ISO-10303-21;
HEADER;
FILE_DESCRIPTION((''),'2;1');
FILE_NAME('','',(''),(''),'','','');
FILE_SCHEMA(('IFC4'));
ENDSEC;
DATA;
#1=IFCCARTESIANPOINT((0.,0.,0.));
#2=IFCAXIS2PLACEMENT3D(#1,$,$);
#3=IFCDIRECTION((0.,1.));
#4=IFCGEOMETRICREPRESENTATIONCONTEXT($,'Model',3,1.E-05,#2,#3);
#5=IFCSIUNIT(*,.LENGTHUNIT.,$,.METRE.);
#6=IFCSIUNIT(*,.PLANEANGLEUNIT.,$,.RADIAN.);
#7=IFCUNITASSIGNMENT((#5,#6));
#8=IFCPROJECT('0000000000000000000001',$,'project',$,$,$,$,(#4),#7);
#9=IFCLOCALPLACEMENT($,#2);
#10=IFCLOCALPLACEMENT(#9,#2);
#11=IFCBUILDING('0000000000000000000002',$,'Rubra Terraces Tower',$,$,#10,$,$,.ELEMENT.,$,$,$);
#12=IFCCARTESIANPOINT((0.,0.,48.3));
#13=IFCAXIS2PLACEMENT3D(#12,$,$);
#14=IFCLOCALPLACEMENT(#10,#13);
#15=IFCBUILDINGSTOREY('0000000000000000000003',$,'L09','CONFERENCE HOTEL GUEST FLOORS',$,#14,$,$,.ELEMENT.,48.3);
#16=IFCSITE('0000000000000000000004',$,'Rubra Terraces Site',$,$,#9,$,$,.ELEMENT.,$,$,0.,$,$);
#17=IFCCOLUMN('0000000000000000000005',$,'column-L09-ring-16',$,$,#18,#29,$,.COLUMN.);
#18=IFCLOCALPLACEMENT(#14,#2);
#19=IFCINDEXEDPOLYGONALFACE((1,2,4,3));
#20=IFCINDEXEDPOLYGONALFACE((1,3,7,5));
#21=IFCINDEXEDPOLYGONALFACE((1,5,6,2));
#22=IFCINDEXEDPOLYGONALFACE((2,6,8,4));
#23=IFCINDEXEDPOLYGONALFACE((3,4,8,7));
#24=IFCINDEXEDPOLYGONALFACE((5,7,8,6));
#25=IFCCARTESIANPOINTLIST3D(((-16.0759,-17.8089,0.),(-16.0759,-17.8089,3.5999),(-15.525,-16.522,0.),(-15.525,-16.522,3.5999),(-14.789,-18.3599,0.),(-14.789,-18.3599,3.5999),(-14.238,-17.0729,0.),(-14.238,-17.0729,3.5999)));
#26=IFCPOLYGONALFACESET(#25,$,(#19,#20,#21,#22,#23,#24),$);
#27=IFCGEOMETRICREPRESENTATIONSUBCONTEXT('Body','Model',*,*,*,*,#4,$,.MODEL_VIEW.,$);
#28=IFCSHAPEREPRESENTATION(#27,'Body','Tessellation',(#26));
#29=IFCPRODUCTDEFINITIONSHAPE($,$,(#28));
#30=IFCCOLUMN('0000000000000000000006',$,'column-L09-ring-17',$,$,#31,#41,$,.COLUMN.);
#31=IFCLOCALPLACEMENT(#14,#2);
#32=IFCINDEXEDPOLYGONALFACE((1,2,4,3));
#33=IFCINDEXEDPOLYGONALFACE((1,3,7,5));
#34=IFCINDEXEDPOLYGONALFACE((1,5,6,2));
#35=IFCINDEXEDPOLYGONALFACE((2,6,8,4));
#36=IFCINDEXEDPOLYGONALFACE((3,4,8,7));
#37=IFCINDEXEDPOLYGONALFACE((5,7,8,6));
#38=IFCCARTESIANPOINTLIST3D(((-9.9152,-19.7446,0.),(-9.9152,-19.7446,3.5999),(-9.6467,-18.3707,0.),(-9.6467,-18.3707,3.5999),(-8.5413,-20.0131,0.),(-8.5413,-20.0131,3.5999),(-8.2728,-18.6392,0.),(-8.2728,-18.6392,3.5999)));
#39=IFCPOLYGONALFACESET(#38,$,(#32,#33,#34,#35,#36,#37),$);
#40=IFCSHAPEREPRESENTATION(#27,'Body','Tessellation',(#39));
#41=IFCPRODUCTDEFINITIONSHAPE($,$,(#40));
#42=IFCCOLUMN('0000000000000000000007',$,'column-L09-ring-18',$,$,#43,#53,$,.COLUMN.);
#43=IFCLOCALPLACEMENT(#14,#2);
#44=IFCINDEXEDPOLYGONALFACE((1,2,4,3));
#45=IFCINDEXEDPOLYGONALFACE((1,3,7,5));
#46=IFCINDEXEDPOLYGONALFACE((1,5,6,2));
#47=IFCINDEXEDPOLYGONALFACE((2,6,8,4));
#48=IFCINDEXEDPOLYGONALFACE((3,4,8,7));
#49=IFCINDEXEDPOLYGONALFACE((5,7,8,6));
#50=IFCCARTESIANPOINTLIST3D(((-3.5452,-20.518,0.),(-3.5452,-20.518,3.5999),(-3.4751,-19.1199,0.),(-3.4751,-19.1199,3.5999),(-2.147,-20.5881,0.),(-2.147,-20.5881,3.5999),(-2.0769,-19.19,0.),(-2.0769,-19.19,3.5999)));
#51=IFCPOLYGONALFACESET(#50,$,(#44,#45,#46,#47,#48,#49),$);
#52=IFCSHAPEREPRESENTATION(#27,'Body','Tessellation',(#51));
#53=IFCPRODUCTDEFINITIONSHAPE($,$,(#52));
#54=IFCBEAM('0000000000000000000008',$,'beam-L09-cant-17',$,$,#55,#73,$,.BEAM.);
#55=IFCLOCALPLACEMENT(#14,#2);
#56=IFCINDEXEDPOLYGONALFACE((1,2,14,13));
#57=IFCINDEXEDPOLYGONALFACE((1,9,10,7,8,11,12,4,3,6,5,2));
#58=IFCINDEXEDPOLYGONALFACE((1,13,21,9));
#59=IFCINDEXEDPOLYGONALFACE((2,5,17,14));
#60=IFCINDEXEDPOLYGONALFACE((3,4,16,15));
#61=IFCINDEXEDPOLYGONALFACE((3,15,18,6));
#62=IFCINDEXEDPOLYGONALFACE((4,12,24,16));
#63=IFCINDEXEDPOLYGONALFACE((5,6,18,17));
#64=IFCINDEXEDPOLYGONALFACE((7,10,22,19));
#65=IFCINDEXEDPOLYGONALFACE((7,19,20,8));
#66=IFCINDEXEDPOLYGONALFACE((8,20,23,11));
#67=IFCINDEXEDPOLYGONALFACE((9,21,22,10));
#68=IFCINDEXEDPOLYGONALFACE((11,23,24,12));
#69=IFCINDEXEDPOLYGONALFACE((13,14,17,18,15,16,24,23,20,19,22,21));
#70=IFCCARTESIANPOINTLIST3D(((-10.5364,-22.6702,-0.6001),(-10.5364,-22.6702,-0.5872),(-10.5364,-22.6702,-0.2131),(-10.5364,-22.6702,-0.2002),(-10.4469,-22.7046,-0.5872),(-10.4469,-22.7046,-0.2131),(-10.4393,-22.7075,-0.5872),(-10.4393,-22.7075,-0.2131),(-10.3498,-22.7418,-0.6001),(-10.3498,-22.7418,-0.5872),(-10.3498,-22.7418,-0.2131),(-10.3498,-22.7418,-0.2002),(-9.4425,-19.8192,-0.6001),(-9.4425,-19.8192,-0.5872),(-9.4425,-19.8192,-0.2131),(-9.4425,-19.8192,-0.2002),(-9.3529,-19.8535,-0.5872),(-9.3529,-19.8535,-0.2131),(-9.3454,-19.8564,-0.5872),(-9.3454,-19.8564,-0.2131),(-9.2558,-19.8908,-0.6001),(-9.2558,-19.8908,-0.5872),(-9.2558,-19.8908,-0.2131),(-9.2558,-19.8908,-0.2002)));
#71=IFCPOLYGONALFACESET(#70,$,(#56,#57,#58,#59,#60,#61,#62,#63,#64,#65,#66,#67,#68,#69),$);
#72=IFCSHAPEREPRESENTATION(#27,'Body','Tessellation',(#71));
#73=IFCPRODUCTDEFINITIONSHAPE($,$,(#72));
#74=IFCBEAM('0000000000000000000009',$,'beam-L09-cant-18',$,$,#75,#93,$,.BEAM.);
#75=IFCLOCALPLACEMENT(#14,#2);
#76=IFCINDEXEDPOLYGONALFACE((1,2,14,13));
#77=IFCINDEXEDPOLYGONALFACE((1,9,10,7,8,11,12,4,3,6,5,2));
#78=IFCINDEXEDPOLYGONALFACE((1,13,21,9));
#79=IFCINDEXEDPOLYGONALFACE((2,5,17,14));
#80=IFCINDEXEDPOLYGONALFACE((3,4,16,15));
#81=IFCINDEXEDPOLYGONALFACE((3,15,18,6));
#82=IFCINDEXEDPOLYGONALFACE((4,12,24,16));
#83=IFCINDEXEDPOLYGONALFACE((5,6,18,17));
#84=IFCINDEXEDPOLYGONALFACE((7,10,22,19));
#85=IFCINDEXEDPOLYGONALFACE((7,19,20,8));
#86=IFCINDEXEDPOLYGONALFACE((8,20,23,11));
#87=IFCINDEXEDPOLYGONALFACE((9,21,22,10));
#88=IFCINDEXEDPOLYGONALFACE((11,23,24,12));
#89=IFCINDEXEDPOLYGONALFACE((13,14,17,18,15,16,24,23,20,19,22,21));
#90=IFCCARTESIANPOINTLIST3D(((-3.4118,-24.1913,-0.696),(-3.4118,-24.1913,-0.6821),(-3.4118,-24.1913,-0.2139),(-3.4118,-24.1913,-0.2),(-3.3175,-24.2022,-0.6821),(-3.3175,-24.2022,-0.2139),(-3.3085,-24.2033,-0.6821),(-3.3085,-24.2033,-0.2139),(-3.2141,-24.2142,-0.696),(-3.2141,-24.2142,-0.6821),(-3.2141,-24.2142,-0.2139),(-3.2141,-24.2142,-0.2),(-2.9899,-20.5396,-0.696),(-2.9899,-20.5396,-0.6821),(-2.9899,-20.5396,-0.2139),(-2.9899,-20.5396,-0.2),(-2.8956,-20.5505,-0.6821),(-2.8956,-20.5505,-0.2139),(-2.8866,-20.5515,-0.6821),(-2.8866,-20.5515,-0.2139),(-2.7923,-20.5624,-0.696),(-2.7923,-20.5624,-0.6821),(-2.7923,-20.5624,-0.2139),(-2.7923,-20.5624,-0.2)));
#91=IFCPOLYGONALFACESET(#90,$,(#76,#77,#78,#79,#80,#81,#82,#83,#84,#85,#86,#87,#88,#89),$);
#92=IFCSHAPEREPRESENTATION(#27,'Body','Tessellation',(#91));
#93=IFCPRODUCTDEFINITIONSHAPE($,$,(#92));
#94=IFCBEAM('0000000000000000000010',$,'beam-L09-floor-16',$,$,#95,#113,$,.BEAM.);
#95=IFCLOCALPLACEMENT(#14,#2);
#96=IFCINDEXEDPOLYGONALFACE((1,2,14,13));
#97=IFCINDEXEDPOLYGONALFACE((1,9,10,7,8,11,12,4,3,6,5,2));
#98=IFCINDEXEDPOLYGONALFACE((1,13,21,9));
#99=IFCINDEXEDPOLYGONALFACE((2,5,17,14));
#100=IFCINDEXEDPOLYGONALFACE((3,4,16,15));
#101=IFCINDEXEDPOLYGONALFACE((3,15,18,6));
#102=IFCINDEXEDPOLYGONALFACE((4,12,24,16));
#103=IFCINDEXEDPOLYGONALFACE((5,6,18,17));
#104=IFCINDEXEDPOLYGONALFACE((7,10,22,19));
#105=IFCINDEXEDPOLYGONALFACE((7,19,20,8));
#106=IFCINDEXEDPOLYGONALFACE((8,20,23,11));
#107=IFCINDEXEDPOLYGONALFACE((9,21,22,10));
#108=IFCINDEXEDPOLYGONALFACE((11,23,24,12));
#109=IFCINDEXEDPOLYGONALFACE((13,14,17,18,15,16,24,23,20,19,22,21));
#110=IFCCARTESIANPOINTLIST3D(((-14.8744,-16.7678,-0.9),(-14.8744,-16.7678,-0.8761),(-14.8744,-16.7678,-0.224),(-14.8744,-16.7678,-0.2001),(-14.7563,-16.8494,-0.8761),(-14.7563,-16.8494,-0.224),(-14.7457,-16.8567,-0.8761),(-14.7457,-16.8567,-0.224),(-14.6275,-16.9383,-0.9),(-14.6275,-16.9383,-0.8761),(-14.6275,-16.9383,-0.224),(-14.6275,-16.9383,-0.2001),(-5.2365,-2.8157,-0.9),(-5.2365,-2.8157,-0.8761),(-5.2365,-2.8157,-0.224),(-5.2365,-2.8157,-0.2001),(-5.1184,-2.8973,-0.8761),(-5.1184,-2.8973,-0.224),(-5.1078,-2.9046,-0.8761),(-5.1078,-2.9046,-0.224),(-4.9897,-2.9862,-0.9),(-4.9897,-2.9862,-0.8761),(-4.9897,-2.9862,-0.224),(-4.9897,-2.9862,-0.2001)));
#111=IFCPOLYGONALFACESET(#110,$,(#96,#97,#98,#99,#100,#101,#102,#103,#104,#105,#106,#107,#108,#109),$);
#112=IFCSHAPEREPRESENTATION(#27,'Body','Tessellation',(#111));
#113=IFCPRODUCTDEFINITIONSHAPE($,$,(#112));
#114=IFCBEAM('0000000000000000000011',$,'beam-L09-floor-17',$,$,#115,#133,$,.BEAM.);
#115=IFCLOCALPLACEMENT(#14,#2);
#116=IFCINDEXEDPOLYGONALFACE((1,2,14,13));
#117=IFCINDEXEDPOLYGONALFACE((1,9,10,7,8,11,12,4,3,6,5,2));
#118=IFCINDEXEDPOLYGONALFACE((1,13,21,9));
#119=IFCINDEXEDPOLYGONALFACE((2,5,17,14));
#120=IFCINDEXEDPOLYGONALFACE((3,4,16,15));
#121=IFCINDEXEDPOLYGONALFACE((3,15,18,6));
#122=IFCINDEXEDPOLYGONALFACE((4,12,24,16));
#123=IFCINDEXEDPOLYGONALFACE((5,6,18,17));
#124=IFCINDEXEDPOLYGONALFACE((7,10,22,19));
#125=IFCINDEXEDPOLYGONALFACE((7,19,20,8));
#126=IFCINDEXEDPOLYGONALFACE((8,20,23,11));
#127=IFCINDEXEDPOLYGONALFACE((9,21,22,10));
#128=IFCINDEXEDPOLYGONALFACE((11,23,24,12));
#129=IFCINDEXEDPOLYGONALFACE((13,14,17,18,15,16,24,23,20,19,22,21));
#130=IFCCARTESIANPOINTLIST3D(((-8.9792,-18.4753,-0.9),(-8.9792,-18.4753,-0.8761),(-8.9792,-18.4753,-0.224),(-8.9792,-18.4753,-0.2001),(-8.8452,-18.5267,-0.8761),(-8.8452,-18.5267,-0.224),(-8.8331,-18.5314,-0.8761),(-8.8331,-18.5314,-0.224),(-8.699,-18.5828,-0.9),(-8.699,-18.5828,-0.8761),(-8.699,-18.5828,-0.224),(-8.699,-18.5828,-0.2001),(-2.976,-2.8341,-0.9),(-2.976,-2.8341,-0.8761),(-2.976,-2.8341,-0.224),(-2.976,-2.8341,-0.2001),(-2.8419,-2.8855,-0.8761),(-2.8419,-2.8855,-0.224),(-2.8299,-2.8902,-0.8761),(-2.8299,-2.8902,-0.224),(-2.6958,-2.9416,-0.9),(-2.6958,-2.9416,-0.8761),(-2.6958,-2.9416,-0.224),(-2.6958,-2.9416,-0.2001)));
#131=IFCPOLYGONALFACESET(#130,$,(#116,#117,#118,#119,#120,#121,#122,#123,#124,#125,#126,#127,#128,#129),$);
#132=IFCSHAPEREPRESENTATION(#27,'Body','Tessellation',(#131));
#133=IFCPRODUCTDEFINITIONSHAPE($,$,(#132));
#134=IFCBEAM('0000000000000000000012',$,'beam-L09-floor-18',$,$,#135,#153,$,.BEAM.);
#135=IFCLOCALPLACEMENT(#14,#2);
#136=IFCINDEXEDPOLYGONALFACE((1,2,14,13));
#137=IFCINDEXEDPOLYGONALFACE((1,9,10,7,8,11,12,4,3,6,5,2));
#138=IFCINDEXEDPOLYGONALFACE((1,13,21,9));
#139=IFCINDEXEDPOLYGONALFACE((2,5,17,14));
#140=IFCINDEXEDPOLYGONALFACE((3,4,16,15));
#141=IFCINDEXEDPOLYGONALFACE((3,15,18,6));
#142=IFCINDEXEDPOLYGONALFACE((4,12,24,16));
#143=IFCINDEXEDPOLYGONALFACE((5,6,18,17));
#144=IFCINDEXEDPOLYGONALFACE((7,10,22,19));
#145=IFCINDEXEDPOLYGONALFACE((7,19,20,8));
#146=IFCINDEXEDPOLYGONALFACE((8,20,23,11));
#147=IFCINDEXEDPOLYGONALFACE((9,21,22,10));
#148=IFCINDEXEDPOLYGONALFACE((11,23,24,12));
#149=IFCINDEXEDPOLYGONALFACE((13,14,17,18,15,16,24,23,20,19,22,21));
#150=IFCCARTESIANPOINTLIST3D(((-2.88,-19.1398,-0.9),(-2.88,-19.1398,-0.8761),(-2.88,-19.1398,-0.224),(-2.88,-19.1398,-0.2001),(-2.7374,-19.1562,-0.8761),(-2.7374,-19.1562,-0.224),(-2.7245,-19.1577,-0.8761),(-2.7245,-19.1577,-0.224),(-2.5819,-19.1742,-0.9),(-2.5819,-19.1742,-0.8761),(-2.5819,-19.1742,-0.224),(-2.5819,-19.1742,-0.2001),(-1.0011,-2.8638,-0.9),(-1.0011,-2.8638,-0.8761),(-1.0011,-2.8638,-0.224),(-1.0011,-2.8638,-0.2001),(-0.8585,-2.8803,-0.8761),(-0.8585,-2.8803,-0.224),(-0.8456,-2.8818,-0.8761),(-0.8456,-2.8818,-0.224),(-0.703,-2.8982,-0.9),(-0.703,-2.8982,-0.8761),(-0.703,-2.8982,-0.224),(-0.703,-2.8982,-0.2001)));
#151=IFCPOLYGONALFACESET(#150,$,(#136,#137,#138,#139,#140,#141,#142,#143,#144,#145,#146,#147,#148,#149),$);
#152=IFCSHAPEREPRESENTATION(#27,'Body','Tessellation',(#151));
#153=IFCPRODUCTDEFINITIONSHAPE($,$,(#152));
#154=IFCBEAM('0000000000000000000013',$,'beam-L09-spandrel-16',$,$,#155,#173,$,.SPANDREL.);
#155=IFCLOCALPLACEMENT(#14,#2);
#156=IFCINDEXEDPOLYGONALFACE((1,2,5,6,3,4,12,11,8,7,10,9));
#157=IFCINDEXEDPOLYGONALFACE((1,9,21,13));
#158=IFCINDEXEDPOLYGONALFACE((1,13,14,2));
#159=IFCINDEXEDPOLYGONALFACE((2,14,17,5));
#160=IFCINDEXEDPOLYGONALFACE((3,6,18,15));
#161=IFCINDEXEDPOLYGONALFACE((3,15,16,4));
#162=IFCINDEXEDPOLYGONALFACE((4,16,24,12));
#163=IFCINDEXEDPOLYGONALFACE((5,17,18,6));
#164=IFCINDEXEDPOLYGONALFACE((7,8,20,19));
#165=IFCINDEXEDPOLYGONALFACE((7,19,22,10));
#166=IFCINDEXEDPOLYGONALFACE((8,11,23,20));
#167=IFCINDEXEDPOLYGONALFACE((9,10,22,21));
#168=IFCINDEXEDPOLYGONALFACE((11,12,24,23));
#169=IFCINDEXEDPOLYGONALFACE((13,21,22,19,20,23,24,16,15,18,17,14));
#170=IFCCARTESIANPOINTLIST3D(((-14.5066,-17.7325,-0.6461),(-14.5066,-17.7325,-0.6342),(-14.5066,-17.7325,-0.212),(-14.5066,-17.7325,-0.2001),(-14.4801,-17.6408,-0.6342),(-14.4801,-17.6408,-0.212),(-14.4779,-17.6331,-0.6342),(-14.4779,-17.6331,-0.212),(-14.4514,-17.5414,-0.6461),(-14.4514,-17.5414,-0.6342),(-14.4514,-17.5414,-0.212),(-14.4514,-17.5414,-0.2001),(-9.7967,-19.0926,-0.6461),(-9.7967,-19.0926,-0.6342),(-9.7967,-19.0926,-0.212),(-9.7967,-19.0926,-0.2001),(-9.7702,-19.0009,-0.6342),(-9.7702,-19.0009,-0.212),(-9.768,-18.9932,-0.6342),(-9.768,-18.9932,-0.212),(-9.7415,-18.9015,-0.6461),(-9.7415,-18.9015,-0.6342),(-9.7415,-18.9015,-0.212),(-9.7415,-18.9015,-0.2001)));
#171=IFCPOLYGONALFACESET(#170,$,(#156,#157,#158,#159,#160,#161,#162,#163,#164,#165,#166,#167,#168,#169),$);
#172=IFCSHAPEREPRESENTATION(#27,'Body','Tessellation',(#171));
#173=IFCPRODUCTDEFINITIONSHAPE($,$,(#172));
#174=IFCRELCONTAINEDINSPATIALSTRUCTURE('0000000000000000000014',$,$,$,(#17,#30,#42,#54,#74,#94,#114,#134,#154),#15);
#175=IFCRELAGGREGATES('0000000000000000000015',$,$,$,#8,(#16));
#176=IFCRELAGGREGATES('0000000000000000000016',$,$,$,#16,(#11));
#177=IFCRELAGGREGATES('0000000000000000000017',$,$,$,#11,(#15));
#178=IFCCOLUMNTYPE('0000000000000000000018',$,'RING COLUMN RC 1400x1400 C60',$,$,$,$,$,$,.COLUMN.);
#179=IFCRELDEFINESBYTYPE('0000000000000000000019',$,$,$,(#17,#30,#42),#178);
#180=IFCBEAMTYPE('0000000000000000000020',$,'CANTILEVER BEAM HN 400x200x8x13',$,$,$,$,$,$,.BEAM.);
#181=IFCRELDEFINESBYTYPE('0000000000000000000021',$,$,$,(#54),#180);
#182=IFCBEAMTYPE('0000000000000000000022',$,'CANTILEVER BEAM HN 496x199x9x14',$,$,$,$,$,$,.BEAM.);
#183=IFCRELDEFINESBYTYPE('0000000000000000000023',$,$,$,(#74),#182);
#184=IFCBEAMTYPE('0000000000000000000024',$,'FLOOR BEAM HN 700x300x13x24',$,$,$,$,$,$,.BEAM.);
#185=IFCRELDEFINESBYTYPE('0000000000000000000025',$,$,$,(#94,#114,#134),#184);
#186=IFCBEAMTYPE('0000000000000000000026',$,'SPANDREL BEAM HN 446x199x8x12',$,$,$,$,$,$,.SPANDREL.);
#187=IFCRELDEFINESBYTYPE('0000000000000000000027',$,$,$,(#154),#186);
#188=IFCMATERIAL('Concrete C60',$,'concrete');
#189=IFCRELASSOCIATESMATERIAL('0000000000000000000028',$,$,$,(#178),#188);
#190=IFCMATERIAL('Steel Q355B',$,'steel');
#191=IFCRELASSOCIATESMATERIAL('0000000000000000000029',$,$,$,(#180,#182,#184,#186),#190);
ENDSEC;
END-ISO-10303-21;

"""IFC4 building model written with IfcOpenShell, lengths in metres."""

from ifc_helpers import new_model, si_unit, direction, frame, origin, origin_2d, place, context, subcontext, project, spatial, rectangle, i_section, extrude, material, material_profile, profile_set, type_object, element, save


model = new_model("IFC4")

# Units and contexts
model_context = context("Model", 3, precision=1e-05, world=origin(), true_north=direction((0.0, 1.0)))
body_context = subcontext(model_context, "Body", "Model", "MODEL_VIEW")
ifc_project = project(units=[si_unit("LENGTHUNIT", "METRE"), si_unit("PLANEANGLEUNIT", "RADIAN")], contexts=[model_context])

# Site, building, storey
site_placement = place(None, origin())
site = spatial("IfcSite", under=ifc_project, at=site_placement, Name="Rubra Terraces Site", CompositionType="ELEMENT", RefElevation=0.0)
building_placement = place(site_placement, origin())
building = spatial("IfcBuilding", under=site, at=building_placement, Name="Rubra Terraces Tower", CompositionType="ELEMENT")
storey_placement = place(building_placement, frame((0.0, 0.0, 48.3)))
storey = spatial("IfcBuildingStorey", under=building, at=storey_placement, Name="L09", Description="CONFERENCE HOTEL GUEST FLOORS", CompositionType="ELEMENT", Elevation=48.3)

# Columns
ifc_material_1 = material(Name="Concrete C60", Category="concrete")
ifc_material_profile_1 = material_profile(ifc_material_1, rectangle(XDim=1.3999, YDim=1.3999, at=origin_2d()), Name="RC 1400x1400")
ifc_profile_set_1 = profile_set([ifc_material_profile_1], Name="Concrete C60")
column_type = type_object("IfcColumnType", Name="RING COLUMN RC 1400x1400 C60", PredefinedType="COLUMN", material=ifc_profile_set_1)
for number, where, z_axis, x_axis, name in (
    (1, (-15.157, -17.4409, 0.0), (0.0, 0.0, 1.0), (0.919294, -0.393572, 0.0), "column-L09-ring-16"),
    (2, (-9.094, -19.1919, 0.0), (0.0, 0.0, 1.0), (0.98143, -0.191819, 0.0), "column-L09-ring-17"),
    (3, (-2.811, -19.854, 0.0), (0.0, 0.0, 1.0), (0.998745, -0.050084, 0.0), "column-L09-ring-18"),
):
    element("IfcColumn", number, at=place(storey_placement, frame(where, z_axis=z_axis, x_axis=x_axis)), inside=storey, type_object=column_type, Name=name, PredefinedType="COLUMN", context=body_context, shape_type="SweptSolid", body=[
        extrude(rectangle(XDim=1.3999, YDim=1.3999, at=origin_2d()), origin(), (0.0, 0.0, 1.0), 3.5999),
    ])

# Beams
ifc_material_2 = material(Name="Steel Q355B", Category="steel")
ifc_material_profile_2 = material_profile(ifc_material_2, i_section(OverallWidth=0.2, OverallDepth=0.3999, WebThickness=0.0081, FlangeThickness=0.0129, at=origin_2d()), Name="HN 400x200x8x13")
ifc_profile_set_2 = profile_set([ifc_material_profile_2], Name="Steel Q355B")
beam_type_1 = type_object("IfcBeamType", Name="CANTILEVER BEAM HN 400x200x8x13", PredefinedType="BEAM", material=ifc_profile_set_2)
beam_1_placement = place(storey_placement, frame((-9.3491, -19.855, -0.4001), z_axis=(-0.358245, -0.933628, 0.0), x_axis=(0.933628, -0.358245, 0.0)))
element("IfcBeam", 4, at=beam_1_placement, inside=storey, type_object=beam_type_1, Name="beam-L09-cant-17", PredefinedType="BEAM", context=body_context, shape_type="SweptSolid", body=[
    extrude(i_section(OverallWidth=0.2, OverallDepth=0.3999, WebThickness=0.0081, FlangeThickness=0.0129, at=origin_2d()), origin(), (0.0, 0.0, 1.0), 3.0537),
])
ifc_material_profile_3 = material_profile(ifc_material_2, i_section(OverallWidth=0.199, OverallDepth=0.4961, WebThickness=0.009, FlangeThickness=0.0139, at=origin_2d()), Name="HN 496x199x9x14")
ifc_profile_set_3 = profile_set([ifc_material_profile_3], Name="Steel Q355B")
beam_type_2 = type_object("IfcBeamType", Name="CANTILEVER BEAM HN 496x199x9x14", PredefinedType="BEAM", material=ifc_profile_set_3)
beam_2_placement = place(storey_placement, frame((-2.8911, -20.551, -0.448), z_axis=(-0.11476, -0.993393, 0.0), x_axis=(0.993393, -0.11476, 0.0)))
element("IfcBeam", 5, at=beam_2_placement, inside=storey, type_object=beam_type_2, Name="beam-L09-cant-18", PredefinedType="BEAM", context=body_context, shape_type="SweptSolid", body=[
    extrude(i_section(OverallWidth=0.199, OverallDepth=0.4961, WebThickness=0.009, FlangeThickness=0.0139, at=origin_2d()), origin(), (0.0, 0.0, 1.0), 3.676),
])
ifc_material_profile_4 = material_profile(ifc_material_2, i_section(OverallWidth=0.3, OverallDepth=0.7, WebThickness=0.0129, FlangeThickness=0.0239, at=origin_2d()), Name="HN 700x300x13x24")
ifc_profile_set_4 = profile_set([ifc_material_profile_4], Name="Steel Q355B")
beam_type_3 = type_object("IfcBeamType", Name="FLOOR BEAM HN 700x300x13x24", PredefinedType="BEAM", material=ifc_profile_set_4)
beam_3_placement = place(storey_placement, frame((-14.751, -16.853, -0.55), z_axis=(0.568363, 0.822778, 0.0), x_axis=(-0.822778, 0.568363, 0.0)))
element("IfcBeam", 6, at=beam_3_placement, inside=storey, type_object=beam_type_3, Name="beam-L09-floor-16", PredefinedType="BEAM", context=body_context, shape_type="SweptSolid", body=[
    extrude(i_section(OverallWidth=0.3, OverallDepth=0.7, WebThickness=0.0129, FlangeThickness=0.0239, at=origin_2d()), origin(), (0.0, 0.0, 1.0), 16.9573),
])
beam_4_placement = place(storey_placement, frame((-8.8391, -18.5291, -0.55), z_axis=(0.358322, 0.933598, 0.0), x_axis=(-0.933598, 0.358322, 0.0)))
element("IfcBeam", 7, at=beam_4_placement, inside=storey, type_object=beam_type_3, Name="beam-L09-floor-17", PredefinedType="BEAM", context=body_context, shape_type="SweptSolid", body=[
    extrude(i_section(OverallWidth=0.3, OverallDepth=0.7, WebThickness=0.0129, FlangeThickness=0.0239, at=origin_2d()), origin(), (0.0, 0.0, 1.0), 16.7537),
])
beam_5_placement = place(storey_placement, frame((-2.731, -19.157, -0.55), z_axis=(0.11468, 0.993403, 0.0), x_axis=(-0.993403, 0.11468, 0.0)))
element("IfcBeam", 8, at=beam_5_placement, inside=storey, type_object=beam_type_3, Name="beam-L09-floor-18", PredefinedType="BEAM", context=body_context, shape_type="SweptSolid", body=[
    extrude(i_section(OverallWidth=0.3, OverallDepth=0.7, WebThickness=0.0129, FlangeThickness=0.0239, at=origin_2d()), origin(), (0.0, 0.0, 1.0), 16.384),
])
ifc_material_profile_5 = material_profile(ifc_material_2, i_section(OverallWidth=0.199, OverallDepth=0.446, WebThickness=0.0081, FlangeThickness=0.012, at=origin_2d()), Name="HN 446x199x8x12")
ifc_profile_set_5 = profile_set([ifc_material_profile_5], Name="Steel Q355B")
beam_type_4 = type_object("IfcBeamType", Name="SPANDREL BEAM HN 446x199x8x12", PredefinedType="SPANDREL", material=ifc_profile_set_5)
beam_6_placement = place(storey_placement, frame((-14.479, -17.637, -0.4231), z_axis=(0.960744, -0.277436, 0.0), x_axis=(0.277436, 0.960744, 0.0)))
element("IfcBeam", 9, at=beam_6_placement, inside=storey, type_object=beam_type_4, Name="beam-L09-spandrel-16", PredefinedType="SPANDREL", context=body_context, shape_type="SweptSolid", body=[
    extrude(i_section(OverallWidth=0.199, OverallDepth=0.446, WebThickness=0.0081, FlangeThickness=0.012, at=origin_2d()), origin(), (0.0, 0.0, 1.0), 4.9023),
])

save(model, "model.ifc")
